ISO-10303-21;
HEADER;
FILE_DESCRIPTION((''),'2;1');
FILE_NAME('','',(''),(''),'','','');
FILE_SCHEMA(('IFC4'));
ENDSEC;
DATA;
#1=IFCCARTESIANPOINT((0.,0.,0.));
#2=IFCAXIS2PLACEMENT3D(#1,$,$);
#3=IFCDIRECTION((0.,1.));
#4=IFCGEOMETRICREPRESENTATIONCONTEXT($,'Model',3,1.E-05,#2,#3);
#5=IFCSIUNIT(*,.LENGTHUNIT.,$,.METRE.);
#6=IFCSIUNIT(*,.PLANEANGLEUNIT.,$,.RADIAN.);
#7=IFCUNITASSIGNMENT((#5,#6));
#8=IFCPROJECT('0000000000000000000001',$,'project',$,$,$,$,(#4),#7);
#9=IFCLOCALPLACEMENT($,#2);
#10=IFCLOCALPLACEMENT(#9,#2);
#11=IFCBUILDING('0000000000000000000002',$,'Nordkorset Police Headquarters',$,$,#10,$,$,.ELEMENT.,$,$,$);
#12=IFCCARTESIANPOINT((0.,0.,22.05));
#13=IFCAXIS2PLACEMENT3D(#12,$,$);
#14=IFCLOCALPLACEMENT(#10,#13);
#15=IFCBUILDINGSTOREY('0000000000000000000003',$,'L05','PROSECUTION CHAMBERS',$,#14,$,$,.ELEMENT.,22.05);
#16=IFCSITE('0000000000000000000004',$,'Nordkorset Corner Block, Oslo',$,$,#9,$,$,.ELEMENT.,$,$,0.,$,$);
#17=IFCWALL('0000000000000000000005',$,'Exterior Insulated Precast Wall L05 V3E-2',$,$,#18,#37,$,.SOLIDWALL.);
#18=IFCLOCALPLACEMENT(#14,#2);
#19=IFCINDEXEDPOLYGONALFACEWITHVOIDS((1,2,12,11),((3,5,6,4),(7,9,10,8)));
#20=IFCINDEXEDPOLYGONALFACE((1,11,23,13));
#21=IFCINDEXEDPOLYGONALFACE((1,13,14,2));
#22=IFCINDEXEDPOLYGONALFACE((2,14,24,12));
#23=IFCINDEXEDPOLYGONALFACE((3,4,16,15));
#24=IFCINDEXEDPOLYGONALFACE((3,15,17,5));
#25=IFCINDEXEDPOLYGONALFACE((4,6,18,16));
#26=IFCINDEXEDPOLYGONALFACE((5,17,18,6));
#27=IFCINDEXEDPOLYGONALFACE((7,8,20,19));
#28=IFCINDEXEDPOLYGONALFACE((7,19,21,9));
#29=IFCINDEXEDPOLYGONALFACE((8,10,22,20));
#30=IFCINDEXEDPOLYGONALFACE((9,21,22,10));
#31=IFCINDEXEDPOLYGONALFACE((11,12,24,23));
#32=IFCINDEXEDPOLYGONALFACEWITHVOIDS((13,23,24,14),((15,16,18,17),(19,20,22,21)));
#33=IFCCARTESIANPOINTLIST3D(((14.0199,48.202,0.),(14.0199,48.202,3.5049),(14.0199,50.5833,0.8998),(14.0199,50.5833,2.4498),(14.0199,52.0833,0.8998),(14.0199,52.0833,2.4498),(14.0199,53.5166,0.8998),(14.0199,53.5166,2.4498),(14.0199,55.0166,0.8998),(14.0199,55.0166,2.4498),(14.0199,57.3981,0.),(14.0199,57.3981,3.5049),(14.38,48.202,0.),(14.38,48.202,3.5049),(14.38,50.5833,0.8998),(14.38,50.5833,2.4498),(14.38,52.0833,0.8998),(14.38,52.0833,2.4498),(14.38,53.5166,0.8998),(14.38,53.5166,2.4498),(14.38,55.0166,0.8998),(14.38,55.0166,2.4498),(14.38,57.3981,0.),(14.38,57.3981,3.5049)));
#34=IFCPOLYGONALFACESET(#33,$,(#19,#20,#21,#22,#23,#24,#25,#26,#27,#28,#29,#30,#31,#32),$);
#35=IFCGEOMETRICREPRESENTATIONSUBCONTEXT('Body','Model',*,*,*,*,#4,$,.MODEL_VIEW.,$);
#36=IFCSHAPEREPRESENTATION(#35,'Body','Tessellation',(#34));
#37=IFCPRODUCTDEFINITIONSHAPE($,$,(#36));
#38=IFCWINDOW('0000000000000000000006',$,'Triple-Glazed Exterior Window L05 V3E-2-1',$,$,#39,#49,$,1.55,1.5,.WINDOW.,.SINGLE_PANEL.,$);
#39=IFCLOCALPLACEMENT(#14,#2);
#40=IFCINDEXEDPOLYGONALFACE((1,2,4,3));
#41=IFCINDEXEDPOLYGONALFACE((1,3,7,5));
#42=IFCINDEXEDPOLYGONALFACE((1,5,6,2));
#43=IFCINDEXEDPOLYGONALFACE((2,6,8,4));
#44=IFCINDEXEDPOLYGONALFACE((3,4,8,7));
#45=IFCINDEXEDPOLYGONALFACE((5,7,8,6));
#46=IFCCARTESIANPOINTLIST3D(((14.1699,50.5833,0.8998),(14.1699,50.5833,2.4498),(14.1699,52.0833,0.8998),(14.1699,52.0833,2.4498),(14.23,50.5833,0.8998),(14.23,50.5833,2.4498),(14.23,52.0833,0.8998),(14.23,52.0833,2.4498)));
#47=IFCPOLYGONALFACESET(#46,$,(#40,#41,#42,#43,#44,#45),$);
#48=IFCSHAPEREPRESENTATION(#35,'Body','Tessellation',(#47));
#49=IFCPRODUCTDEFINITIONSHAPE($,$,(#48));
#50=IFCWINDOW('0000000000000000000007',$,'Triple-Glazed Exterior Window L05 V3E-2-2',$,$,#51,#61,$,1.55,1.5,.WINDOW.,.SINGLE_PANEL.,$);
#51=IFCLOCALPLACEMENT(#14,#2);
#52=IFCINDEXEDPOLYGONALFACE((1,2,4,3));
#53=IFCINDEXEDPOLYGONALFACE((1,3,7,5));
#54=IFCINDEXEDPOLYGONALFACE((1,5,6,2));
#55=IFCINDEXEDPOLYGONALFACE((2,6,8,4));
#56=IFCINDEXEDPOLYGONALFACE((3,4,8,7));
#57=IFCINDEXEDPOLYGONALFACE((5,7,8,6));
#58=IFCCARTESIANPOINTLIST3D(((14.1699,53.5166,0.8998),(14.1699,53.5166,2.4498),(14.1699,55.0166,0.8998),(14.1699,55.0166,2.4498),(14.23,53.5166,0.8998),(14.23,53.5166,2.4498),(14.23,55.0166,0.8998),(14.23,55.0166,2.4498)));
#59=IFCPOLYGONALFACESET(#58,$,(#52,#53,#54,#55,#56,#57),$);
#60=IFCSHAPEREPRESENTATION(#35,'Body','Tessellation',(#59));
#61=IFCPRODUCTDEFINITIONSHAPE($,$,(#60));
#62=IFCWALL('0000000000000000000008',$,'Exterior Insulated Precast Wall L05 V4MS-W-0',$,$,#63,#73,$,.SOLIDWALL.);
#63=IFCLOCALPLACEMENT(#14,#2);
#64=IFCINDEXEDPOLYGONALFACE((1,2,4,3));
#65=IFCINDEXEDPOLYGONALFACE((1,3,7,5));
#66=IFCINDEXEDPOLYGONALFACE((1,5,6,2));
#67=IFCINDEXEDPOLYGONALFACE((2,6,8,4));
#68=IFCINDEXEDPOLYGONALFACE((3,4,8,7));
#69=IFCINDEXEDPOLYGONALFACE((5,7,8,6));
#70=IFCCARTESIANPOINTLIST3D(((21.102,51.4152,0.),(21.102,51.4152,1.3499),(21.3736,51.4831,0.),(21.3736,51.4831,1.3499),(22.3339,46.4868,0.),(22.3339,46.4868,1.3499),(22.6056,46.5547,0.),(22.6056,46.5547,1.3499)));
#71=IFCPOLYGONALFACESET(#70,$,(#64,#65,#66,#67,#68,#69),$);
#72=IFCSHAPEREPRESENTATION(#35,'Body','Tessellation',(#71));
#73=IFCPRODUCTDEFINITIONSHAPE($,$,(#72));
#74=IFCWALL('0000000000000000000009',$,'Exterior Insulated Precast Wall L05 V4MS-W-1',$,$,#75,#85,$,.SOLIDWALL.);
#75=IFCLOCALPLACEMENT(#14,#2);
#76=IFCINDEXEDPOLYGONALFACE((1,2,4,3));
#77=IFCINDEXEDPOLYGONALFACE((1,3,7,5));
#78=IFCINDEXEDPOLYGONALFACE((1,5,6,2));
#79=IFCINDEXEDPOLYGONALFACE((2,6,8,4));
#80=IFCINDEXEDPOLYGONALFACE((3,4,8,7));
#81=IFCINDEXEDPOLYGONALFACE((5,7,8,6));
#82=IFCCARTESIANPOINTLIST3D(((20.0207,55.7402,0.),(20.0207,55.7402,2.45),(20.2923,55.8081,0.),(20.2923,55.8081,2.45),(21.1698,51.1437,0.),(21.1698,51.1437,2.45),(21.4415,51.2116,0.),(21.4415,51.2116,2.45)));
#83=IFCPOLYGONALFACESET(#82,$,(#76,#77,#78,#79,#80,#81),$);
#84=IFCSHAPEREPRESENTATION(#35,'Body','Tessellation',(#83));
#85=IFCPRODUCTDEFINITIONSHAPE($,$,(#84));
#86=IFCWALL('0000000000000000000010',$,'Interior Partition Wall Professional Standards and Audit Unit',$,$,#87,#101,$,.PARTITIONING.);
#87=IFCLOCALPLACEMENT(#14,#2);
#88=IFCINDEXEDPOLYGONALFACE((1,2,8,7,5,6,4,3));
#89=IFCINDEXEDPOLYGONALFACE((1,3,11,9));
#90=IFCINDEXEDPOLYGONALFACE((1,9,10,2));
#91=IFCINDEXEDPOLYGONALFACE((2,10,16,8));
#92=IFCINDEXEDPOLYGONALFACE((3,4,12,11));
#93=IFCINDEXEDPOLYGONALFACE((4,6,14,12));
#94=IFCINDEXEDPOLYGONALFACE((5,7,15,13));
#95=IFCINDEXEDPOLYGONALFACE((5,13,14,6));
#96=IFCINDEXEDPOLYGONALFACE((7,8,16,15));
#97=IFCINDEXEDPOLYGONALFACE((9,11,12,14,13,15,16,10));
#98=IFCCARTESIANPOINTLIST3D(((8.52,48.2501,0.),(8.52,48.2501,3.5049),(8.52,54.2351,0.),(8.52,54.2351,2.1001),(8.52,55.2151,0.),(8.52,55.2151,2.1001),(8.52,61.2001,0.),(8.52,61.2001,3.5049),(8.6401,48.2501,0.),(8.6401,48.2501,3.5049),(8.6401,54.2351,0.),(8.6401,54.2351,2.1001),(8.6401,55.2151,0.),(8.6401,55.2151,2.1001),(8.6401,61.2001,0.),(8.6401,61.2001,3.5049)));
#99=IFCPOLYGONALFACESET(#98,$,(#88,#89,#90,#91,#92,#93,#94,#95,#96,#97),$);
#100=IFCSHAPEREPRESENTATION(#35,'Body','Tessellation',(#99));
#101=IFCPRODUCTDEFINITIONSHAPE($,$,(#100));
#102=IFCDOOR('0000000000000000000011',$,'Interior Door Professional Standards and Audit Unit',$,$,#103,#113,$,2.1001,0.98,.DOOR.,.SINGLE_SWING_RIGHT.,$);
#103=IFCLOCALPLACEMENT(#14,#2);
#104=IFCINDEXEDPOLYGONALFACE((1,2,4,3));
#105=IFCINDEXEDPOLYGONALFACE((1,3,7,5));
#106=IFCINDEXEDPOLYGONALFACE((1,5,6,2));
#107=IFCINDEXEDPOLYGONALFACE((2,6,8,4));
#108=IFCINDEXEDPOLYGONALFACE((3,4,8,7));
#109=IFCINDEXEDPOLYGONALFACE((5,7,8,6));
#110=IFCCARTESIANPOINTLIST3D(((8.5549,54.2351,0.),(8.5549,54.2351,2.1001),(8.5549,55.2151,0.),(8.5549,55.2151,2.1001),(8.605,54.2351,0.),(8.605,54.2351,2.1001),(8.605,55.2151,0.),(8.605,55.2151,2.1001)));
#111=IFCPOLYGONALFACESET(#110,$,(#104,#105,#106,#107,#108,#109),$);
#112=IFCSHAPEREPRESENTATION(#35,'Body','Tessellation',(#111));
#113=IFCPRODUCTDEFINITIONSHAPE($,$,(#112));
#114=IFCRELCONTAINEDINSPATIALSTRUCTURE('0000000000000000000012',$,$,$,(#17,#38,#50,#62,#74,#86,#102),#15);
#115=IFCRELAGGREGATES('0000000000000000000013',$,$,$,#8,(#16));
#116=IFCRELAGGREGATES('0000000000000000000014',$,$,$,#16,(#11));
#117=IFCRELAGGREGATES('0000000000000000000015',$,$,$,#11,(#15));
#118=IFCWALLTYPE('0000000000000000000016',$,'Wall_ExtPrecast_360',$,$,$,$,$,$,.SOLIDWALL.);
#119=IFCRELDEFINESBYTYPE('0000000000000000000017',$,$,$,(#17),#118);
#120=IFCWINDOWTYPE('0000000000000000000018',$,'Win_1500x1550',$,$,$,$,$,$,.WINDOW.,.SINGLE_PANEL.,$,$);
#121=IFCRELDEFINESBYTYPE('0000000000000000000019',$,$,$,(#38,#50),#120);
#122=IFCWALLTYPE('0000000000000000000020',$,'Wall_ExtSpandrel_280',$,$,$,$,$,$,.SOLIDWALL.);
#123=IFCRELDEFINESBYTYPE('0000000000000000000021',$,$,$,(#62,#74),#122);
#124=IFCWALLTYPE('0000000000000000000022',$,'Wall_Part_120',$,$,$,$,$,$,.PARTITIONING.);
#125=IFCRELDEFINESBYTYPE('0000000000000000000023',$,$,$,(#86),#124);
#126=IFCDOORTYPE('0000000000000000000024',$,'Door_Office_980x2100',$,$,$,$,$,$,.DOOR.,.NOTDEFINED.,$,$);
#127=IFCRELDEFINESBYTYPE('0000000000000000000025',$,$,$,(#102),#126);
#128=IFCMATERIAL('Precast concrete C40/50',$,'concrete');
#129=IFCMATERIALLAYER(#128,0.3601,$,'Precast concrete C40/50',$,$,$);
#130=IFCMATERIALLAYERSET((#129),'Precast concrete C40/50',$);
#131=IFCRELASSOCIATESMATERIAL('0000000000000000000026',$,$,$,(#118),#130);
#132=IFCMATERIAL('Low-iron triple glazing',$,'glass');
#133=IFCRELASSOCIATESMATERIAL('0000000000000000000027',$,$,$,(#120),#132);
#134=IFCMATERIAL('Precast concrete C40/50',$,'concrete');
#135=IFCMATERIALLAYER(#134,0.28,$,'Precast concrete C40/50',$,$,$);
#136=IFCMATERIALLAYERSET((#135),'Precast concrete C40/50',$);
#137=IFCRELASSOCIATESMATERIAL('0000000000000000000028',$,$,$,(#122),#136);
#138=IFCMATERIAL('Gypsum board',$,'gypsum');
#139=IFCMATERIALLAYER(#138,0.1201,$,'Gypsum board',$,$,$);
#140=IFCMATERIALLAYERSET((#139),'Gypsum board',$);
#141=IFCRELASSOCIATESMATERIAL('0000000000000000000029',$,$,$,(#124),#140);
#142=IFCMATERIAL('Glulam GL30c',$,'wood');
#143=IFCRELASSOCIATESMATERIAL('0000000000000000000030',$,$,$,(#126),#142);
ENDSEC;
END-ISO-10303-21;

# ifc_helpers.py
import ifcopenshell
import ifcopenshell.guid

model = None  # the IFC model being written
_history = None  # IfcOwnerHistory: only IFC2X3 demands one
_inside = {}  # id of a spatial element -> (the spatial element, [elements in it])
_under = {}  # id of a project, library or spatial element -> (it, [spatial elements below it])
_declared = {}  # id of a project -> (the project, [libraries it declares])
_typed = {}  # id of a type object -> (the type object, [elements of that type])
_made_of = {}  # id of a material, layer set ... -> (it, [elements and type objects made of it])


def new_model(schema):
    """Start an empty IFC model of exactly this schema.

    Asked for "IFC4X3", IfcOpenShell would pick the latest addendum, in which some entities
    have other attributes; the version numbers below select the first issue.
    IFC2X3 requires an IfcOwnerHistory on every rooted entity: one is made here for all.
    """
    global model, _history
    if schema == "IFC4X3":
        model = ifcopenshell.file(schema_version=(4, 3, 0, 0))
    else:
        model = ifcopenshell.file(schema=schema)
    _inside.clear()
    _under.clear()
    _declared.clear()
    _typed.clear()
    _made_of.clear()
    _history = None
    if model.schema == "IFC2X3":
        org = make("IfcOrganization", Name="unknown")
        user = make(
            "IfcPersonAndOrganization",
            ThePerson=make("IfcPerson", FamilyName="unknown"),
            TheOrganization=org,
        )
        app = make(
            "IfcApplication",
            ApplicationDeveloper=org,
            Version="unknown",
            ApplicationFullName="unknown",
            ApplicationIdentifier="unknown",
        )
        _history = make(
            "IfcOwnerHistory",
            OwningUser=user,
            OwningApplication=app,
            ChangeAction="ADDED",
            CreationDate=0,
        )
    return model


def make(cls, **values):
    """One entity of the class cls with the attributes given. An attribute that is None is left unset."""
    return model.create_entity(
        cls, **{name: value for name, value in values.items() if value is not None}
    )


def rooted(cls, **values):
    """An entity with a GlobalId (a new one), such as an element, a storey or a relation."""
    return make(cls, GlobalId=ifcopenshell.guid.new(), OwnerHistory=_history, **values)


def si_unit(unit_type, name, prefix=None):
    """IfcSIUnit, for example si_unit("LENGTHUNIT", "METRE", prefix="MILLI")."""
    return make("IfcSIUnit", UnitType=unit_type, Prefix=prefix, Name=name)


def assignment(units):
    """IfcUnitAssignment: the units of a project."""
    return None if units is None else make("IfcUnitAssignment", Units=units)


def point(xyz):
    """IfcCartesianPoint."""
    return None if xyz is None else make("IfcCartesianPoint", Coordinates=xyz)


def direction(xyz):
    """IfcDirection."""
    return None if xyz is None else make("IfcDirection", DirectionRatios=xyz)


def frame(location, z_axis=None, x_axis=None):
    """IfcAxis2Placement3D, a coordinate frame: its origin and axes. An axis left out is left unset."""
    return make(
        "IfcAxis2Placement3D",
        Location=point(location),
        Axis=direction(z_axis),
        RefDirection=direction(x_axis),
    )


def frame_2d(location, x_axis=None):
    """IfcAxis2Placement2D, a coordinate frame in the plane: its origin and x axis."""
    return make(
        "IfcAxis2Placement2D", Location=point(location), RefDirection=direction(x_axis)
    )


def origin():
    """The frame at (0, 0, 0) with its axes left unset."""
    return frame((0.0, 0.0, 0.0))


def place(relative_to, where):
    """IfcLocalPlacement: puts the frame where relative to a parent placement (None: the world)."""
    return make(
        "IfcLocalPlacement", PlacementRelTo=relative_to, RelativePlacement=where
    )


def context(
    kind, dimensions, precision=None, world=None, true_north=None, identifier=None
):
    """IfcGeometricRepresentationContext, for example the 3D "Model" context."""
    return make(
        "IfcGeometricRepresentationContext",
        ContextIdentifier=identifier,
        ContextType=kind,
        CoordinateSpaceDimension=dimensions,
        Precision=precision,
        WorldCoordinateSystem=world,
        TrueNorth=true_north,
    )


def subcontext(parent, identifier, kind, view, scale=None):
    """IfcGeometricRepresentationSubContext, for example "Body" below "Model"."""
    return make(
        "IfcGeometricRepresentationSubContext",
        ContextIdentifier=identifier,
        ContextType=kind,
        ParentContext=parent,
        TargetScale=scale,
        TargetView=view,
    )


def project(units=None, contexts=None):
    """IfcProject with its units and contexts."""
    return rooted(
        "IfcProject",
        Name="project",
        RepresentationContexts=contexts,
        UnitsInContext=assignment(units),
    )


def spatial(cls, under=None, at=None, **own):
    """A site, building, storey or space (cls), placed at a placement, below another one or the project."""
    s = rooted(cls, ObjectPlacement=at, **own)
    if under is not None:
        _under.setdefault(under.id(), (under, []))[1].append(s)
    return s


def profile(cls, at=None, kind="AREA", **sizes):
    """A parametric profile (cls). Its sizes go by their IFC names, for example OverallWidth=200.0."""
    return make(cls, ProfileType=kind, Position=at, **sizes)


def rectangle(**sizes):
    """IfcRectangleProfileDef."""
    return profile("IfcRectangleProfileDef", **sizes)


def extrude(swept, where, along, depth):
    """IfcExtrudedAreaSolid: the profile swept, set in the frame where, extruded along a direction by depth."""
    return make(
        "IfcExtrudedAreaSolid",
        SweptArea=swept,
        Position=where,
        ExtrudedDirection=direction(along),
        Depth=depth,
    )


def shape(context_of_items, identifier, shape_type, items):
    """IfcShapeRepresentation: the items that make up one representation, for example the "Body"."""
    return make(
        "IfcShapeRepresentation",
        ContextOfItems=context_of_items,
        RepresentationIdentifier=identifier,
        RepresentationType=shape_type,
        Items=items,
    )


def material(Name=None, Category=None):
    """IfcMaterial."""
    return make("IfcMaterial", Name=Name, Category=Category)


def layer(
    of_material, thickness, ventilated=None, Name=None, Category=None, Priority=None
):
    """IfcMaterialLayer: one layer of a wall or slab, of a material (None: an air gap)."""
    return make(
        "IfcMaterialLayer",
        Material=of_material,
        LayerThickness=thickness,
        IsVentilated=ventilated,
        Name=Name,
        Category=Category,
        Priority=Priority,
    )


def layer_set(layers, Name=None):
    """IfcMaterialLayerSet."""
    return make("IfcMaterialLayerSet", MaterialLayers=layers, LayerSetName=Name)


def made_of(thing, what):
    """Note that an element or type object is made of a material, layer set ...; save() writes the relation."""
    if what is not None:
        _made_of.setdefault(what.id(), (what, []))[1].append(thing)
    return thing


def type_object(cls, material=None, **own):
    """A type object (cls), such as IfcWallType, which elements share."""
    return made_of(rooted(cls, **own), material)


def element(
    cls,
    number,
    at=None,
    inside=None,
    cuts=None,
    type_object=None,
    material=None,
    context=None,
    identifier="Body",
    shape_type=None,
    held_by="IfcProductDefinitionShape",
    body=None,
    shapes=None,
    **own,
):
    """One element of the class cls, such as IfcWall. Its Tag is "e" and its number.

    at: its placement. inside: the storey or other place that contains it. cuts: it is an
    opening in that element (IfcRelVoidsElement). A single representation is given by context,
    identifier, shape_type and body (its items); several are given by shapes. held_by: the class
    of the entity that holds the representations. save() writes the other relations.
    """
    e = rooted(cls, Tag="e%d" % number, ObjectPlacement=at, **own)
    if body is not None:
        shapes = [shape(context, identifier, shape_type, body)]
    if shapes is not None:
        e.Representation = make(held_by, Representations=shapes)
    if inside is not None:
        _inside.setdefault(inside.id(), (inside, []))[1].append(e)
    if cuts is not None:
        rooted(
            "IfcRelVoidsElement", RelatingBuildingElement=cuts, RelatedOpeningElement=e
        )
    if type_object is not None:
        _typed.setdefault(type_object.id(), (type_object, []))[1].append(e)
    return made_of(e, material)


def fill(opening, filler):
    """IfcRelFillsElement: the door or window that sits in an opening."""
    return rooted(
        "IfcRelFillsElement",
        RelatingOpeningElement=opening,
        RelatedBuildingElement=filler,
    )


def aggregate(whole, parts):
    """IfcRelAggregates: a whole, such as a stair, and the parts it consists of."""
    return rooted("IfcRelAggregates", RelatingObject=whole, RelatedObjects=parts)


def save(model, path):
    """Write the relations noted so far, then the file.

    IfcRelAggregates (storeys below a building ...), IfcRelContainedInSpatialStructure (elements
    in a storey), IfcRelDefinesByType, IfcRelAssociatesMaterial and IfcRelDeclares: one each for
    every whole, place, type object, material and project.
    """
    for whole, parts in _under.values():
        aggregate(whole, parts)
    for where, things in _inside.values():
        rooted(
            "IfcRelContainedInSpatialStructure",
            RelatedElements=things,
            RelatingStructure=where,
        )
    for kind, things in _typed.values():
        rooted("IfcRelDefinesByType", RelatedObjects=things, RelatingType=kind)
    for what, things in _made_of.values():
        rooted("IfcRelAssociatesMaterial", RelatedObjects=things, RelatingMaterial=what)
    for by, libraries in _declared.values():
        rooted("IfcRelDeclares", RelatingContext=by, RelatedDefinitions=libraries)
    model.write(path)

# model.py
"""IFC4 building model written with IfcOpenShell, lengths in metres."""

from ifc_helpers import new_model, si_unit, direction, frame, frame_2d, origin, place, context, subcontext, project, spatial, rectangle, extrude, material, layer, layer_set, type_object, element, fill, save


model = new_model("IFC4")

# Units and contexts
model_context = context("Model", 3, precision=1e-05, world=origin(), true_north=direction((0.0, 1.0)))
body_context = subcontext(model_context, "Body", "Model", "MODEL_VIEW")
ifc_project = project(units=[si_unit("LENGTHUNIT", "METRE"), si_unit("PLANEANGLEUNIT", "RADIAN")], contexts=[model_context])

# Site, building, storey
site_placement = place(None, origin())
site = spatial("IfcSite", under=ifc_project, at=site_placement, Name="Nordkorset Corner Block, Oslo", CompositionType="ELEMENT", RefElevation=0.0)
building_placement = place(site_placement, origin())
building = spatial("IfcBuilding", under=site, at=building_placement, Name="Nordkorset Police Headquarters", CompositionType="ELEMENT")
storey_placement = place(building_placement, frame((0.0, 0.0, 22.05)))
storey = spatial("IfcBuildingStorey", under=building, at=storey_placement, Name="L05", Description="PROSECUTION CHAMBERS", CompositionType="ELEMENT", Elevation=22.05)

# Wall, openings, windows
ifc_material_1 = material(Name="Precast concrete C40/50", Category="concrete")
ifc_layer_1 = layer(ifc_material_1, 0.3601, Name="Precast concrete C40/50")
ifc_layer_set_1 = layer_set([ifc_layer_1], Name="Precast concrete C40/50")
wall_type_1 = type_object("IfcWallType", Name="Wall_ExtPrecast_360", PredefinedType="SOLIDWALL", material=ifc_layer_set_1)
wall_1_placement = place(storey_placement, frame((14.2, 48.2019, 0.0), z_axis=(0.0, 0.0, 1.0), x_axis=(0.0, 1.0, 0.0)))
wall_1 = element("IfcWall", 1, at=wall_1_placement, inside=storey, type_object=wall_type_1, Name="Exterior Insulated Precast Wall L05 V3E-2", PredefinedType="SOLIDWALL", context=body_context, shape_type="SweptSolid", body=[
    extrude(rectangle(XDim=9.196, YDim=0.3601, at=frame_2d((4.5981, 0.0))), origin(), (0.0, 0.0, 1.0), 3.5049),
])
opening_1_placement = place(wall_1_placement, frame((2.3813, 0.0, 0.8999)))
opening_1 = element("IfcOpeningElement", 2, at=opening_1_placement, cuts=wall_1, PredefinedType="OPENING", context=body_context, shape_type="SweptSolid", body=[
    extrude(rectangle(XDim=1.5, YDim=1.55, at=frame_2d((0.75, 0.7749))), frame((0.0, 0.1899, 0.0), z_axis=(0.0, -1.0, 0.0), x_axis=(1.0, 0.0, 0.0)), (0.0, 0.0, 1.0), 0.3801),
])
opening_2_placement = place(wall_1_placement, frame((5.3147, 0.0, 0.8999)))
opening_2 = element("IfcOpeningElement", 3, at=opening_2_placement, cuts=wall_1, PredefinedType="OPENING", context=body_context, shape_type="SweptSolid", body=[
    extrude(rectangle(XDim=1.5, YDim=1.55, at=frame_2d((0.75, 0.7749))), frame((0.0, 0.1899, 0.0), z_axis=(0.0, -1.0, 0.0), x_axis=(1.0, 0.0, 0.0)), (0.0, 0.0, 1.0), 0.3801),
])
ifc_material_2 = material(Name="Low-iron triple glazing", Category="glass")
window_type = type_object("IfcWindowType", Name="Win_1500x1550", PartitioningType="SINGLE_PANEL", PredefinedType="WINDOW", material=ifc_material_2)
window_1_placement = place(opening_1_placement, origin())
window_1 = element("IfcWindow", 4, at=window_1_placement, inside=storey, type_object=window_type, Name="Triple-Glazed Exterior Window L05 V3E-2-1", OverallHeight=1.55, OverallWidth=1.5, PartitioningType="SINGLE_PANEL", PredefinedType="WINDOW", context=body_context, shape_type="SweptSolid", body=[
    extrude(rectangle(XDim=1.5, YDim=1.55, at=frame_2d((0.75, 0.7749))), frame((0.0, 0.03, 0.0), z_axis=(0.0, -1.0, 0.0), x_axis=(1.0, 0.0, 0.0)), (0.0, 0.0, 1.0), 0.0601),
])
fill(opening_1, window_1)
window_2_placement = place(opening_2_placement, origin())
window_2 = element("IfcWindow", 5, at=window_2_placement, inside=storey, type_object=window_type, Name="Triple-Glazed Exterior Window L05 V3E-2-2", OverallHeight=1.55, OverallWidth=1.5, PartitioningType="SINGLE_PANEL", PredefinedType="WINDOW", context=body_context, shape_type="SweptSolid", body=[
    extrude(rectangle(XDim=1.5, YDim=1.55, at=frame_2d((0.75, 0.7749))), frame((0.0, 0.03, 0.0), z_axis=(0.0, -1.0, 0.0), x_axis=(1.0, 0.0, 0.0)), (0.0, 0.0, 1.0), 0.0601),
])
fill(opening_2, window_2)

# Walls
ifc_material_3 = material(Name="Precast concrete C40/50", Category="concrete")
ifc_layer_2 = layer(ifc_material_3, 0.28, Name="Precast concrete C40/50")
ifc_layer_set_2 = layer_set([ifc_layer_2], Name="Precast concrete C40/50")
wall_type_2 = type_object("IfcWallType", Name="Wall_ExtSpandrel_280", PredefinedType="SOLIDWALL", material=ifc_layer_set_2)
wall_2_placement = place(storey_placement, frame((22.4697, 46.5208, 0.0), z_axis=(0.0, 0.0, 1.0), x_axis=(-0.242502, 0.970151, 0.0)))
element("IfcWall", 6, at=wall_2_placement, inside=storey, type_object=wall_type_2, Name="Exterior Insulated Precast Wall L05 V4MS-W-0", PredefinedType="SOLIDWALL", context=body_context, shape_type="SweptSolid", body=[
    extrude(rectangle(XDim=5.0801, YDim=0.28, at=frame_2d((2.54, 0.0))), origin(), (0.0, 0.0, 1.0), 1.3499),
])
wall_3_placement = place(storey_placement, frame((21.3057, 51.1775, 0.0), z_axis=(0.0, 0.0, 1.0), x_axis=(-0.242536, 0.970143, 0.0)))
element("IfcWall", 7, at=wall_3_placement, inside=storey, type_object=wall_type_2, Name="Exterior Insulated Precast Wall L05 V4MS-W-1", PredefinedType="SOLIDWALL", context=body_context, shape_type="SweptSolid", body=[
    extrude(rectangle(XDim=4.738, YDim=0.28, at=frame_2d((2.3691, 0.0))), origin(), (0.0, 0.0, 1.0), 2.45),
])

# Wall, opening, door
ifc_material_4 = material(Name="Gypsum board", Category="gypsum")
ifc_layer_3 = layer(ifc_material_4, 0.1201, Name="Gypsum board")
ifc_layer_set_3 = layer_set([ifc_layer_3], Name="Gypsum board")
wall_type_3 = type_object("IfcWallType", Name="Wall_Part_120", PredefinedType="PARTITIONING", material=ifc_layer_set_3)
wall_4_placement = place(storey_placement, frame((8.5801, 48.25, 0.0), z_axis=(0.0, 0.0, 1.0), x_axis=(0.0, 1.0, 0.0)))
wall_4 = element("IfcWall", 8, at=wall_4_placement, inside=storey, type_object=wall_type_3, Name="Interior Partition Wall Professional Standards and Audit Unit", PredefinedType="PARTITIONING", context=body_context, shape_type="SweptSolid", body=[
    extrude(rectangle(XDim=12.95, YDim=0.1201, at=frame_2d((6.4751, 0.0))), origin(), (0.0, 0.0, 1.0), 3.5049),
])
opening_3_placement = place(wall_4_placement, frame((5.9851, 0.0, 0.0)))
opening_3 = element("IfcOpeningElement", 9, at=opening_3_placement, cuts=wall_4, PredefinedType="OPENING", context=body_context, shape_type="SweptSolid", body=[
    extrude(rectangle(XDim=0.98, YDim=2.1001, at=frame_2d((0.49, 1.05))), frame((0.0, 0.0701, 0.0), z_axis=(0.0, -1.0, 0.0), x_axis=(1.0, 0.0, 0.0)), (0.0, 0.0, 1.0), 0.1401),
])
ifc_material_5 = material(Name="Glulam GL30c", Category="wood")
door_type = type_object("IfcDoorType", Name="Door_Office_980x2100", OperationType="NOTDEFINED", PredefinedType="DOOR", material=ifc_material_5)
door_placement = place(opening_3_placement, frame((0.98, 0.0, 0.0), z_axis=(0.0, 0.0, 1.0), x_axis=(-1.0, 0.0, 0.0)))
door = element("IfcDoor", 10, at=door_placement, inside=storey, type_object=door_type, Name="Interior Door Professional Standards and Audit Unit", OperationType="SINGLE_SWING_RIGHT", OverallHeight=2.1001, OverallWidth=0.98, PredefinedType="DOOR", context=body_context, shape_type="SweptSolid", body=[
    extrude(rectangle(XDim=0.98, YDim=2.1001, at=frame_2d((0.49, 1.05))), frame((0.0, 0.0249, 0.0), z_axis=(0.0, -1.0, 0.0), x_axis=(1.0, 0.0, 0.0)), (0.0, 0.0, 1.0), 0.05),
])
fill(opening_3, door)

save(model, "model.ifc")
